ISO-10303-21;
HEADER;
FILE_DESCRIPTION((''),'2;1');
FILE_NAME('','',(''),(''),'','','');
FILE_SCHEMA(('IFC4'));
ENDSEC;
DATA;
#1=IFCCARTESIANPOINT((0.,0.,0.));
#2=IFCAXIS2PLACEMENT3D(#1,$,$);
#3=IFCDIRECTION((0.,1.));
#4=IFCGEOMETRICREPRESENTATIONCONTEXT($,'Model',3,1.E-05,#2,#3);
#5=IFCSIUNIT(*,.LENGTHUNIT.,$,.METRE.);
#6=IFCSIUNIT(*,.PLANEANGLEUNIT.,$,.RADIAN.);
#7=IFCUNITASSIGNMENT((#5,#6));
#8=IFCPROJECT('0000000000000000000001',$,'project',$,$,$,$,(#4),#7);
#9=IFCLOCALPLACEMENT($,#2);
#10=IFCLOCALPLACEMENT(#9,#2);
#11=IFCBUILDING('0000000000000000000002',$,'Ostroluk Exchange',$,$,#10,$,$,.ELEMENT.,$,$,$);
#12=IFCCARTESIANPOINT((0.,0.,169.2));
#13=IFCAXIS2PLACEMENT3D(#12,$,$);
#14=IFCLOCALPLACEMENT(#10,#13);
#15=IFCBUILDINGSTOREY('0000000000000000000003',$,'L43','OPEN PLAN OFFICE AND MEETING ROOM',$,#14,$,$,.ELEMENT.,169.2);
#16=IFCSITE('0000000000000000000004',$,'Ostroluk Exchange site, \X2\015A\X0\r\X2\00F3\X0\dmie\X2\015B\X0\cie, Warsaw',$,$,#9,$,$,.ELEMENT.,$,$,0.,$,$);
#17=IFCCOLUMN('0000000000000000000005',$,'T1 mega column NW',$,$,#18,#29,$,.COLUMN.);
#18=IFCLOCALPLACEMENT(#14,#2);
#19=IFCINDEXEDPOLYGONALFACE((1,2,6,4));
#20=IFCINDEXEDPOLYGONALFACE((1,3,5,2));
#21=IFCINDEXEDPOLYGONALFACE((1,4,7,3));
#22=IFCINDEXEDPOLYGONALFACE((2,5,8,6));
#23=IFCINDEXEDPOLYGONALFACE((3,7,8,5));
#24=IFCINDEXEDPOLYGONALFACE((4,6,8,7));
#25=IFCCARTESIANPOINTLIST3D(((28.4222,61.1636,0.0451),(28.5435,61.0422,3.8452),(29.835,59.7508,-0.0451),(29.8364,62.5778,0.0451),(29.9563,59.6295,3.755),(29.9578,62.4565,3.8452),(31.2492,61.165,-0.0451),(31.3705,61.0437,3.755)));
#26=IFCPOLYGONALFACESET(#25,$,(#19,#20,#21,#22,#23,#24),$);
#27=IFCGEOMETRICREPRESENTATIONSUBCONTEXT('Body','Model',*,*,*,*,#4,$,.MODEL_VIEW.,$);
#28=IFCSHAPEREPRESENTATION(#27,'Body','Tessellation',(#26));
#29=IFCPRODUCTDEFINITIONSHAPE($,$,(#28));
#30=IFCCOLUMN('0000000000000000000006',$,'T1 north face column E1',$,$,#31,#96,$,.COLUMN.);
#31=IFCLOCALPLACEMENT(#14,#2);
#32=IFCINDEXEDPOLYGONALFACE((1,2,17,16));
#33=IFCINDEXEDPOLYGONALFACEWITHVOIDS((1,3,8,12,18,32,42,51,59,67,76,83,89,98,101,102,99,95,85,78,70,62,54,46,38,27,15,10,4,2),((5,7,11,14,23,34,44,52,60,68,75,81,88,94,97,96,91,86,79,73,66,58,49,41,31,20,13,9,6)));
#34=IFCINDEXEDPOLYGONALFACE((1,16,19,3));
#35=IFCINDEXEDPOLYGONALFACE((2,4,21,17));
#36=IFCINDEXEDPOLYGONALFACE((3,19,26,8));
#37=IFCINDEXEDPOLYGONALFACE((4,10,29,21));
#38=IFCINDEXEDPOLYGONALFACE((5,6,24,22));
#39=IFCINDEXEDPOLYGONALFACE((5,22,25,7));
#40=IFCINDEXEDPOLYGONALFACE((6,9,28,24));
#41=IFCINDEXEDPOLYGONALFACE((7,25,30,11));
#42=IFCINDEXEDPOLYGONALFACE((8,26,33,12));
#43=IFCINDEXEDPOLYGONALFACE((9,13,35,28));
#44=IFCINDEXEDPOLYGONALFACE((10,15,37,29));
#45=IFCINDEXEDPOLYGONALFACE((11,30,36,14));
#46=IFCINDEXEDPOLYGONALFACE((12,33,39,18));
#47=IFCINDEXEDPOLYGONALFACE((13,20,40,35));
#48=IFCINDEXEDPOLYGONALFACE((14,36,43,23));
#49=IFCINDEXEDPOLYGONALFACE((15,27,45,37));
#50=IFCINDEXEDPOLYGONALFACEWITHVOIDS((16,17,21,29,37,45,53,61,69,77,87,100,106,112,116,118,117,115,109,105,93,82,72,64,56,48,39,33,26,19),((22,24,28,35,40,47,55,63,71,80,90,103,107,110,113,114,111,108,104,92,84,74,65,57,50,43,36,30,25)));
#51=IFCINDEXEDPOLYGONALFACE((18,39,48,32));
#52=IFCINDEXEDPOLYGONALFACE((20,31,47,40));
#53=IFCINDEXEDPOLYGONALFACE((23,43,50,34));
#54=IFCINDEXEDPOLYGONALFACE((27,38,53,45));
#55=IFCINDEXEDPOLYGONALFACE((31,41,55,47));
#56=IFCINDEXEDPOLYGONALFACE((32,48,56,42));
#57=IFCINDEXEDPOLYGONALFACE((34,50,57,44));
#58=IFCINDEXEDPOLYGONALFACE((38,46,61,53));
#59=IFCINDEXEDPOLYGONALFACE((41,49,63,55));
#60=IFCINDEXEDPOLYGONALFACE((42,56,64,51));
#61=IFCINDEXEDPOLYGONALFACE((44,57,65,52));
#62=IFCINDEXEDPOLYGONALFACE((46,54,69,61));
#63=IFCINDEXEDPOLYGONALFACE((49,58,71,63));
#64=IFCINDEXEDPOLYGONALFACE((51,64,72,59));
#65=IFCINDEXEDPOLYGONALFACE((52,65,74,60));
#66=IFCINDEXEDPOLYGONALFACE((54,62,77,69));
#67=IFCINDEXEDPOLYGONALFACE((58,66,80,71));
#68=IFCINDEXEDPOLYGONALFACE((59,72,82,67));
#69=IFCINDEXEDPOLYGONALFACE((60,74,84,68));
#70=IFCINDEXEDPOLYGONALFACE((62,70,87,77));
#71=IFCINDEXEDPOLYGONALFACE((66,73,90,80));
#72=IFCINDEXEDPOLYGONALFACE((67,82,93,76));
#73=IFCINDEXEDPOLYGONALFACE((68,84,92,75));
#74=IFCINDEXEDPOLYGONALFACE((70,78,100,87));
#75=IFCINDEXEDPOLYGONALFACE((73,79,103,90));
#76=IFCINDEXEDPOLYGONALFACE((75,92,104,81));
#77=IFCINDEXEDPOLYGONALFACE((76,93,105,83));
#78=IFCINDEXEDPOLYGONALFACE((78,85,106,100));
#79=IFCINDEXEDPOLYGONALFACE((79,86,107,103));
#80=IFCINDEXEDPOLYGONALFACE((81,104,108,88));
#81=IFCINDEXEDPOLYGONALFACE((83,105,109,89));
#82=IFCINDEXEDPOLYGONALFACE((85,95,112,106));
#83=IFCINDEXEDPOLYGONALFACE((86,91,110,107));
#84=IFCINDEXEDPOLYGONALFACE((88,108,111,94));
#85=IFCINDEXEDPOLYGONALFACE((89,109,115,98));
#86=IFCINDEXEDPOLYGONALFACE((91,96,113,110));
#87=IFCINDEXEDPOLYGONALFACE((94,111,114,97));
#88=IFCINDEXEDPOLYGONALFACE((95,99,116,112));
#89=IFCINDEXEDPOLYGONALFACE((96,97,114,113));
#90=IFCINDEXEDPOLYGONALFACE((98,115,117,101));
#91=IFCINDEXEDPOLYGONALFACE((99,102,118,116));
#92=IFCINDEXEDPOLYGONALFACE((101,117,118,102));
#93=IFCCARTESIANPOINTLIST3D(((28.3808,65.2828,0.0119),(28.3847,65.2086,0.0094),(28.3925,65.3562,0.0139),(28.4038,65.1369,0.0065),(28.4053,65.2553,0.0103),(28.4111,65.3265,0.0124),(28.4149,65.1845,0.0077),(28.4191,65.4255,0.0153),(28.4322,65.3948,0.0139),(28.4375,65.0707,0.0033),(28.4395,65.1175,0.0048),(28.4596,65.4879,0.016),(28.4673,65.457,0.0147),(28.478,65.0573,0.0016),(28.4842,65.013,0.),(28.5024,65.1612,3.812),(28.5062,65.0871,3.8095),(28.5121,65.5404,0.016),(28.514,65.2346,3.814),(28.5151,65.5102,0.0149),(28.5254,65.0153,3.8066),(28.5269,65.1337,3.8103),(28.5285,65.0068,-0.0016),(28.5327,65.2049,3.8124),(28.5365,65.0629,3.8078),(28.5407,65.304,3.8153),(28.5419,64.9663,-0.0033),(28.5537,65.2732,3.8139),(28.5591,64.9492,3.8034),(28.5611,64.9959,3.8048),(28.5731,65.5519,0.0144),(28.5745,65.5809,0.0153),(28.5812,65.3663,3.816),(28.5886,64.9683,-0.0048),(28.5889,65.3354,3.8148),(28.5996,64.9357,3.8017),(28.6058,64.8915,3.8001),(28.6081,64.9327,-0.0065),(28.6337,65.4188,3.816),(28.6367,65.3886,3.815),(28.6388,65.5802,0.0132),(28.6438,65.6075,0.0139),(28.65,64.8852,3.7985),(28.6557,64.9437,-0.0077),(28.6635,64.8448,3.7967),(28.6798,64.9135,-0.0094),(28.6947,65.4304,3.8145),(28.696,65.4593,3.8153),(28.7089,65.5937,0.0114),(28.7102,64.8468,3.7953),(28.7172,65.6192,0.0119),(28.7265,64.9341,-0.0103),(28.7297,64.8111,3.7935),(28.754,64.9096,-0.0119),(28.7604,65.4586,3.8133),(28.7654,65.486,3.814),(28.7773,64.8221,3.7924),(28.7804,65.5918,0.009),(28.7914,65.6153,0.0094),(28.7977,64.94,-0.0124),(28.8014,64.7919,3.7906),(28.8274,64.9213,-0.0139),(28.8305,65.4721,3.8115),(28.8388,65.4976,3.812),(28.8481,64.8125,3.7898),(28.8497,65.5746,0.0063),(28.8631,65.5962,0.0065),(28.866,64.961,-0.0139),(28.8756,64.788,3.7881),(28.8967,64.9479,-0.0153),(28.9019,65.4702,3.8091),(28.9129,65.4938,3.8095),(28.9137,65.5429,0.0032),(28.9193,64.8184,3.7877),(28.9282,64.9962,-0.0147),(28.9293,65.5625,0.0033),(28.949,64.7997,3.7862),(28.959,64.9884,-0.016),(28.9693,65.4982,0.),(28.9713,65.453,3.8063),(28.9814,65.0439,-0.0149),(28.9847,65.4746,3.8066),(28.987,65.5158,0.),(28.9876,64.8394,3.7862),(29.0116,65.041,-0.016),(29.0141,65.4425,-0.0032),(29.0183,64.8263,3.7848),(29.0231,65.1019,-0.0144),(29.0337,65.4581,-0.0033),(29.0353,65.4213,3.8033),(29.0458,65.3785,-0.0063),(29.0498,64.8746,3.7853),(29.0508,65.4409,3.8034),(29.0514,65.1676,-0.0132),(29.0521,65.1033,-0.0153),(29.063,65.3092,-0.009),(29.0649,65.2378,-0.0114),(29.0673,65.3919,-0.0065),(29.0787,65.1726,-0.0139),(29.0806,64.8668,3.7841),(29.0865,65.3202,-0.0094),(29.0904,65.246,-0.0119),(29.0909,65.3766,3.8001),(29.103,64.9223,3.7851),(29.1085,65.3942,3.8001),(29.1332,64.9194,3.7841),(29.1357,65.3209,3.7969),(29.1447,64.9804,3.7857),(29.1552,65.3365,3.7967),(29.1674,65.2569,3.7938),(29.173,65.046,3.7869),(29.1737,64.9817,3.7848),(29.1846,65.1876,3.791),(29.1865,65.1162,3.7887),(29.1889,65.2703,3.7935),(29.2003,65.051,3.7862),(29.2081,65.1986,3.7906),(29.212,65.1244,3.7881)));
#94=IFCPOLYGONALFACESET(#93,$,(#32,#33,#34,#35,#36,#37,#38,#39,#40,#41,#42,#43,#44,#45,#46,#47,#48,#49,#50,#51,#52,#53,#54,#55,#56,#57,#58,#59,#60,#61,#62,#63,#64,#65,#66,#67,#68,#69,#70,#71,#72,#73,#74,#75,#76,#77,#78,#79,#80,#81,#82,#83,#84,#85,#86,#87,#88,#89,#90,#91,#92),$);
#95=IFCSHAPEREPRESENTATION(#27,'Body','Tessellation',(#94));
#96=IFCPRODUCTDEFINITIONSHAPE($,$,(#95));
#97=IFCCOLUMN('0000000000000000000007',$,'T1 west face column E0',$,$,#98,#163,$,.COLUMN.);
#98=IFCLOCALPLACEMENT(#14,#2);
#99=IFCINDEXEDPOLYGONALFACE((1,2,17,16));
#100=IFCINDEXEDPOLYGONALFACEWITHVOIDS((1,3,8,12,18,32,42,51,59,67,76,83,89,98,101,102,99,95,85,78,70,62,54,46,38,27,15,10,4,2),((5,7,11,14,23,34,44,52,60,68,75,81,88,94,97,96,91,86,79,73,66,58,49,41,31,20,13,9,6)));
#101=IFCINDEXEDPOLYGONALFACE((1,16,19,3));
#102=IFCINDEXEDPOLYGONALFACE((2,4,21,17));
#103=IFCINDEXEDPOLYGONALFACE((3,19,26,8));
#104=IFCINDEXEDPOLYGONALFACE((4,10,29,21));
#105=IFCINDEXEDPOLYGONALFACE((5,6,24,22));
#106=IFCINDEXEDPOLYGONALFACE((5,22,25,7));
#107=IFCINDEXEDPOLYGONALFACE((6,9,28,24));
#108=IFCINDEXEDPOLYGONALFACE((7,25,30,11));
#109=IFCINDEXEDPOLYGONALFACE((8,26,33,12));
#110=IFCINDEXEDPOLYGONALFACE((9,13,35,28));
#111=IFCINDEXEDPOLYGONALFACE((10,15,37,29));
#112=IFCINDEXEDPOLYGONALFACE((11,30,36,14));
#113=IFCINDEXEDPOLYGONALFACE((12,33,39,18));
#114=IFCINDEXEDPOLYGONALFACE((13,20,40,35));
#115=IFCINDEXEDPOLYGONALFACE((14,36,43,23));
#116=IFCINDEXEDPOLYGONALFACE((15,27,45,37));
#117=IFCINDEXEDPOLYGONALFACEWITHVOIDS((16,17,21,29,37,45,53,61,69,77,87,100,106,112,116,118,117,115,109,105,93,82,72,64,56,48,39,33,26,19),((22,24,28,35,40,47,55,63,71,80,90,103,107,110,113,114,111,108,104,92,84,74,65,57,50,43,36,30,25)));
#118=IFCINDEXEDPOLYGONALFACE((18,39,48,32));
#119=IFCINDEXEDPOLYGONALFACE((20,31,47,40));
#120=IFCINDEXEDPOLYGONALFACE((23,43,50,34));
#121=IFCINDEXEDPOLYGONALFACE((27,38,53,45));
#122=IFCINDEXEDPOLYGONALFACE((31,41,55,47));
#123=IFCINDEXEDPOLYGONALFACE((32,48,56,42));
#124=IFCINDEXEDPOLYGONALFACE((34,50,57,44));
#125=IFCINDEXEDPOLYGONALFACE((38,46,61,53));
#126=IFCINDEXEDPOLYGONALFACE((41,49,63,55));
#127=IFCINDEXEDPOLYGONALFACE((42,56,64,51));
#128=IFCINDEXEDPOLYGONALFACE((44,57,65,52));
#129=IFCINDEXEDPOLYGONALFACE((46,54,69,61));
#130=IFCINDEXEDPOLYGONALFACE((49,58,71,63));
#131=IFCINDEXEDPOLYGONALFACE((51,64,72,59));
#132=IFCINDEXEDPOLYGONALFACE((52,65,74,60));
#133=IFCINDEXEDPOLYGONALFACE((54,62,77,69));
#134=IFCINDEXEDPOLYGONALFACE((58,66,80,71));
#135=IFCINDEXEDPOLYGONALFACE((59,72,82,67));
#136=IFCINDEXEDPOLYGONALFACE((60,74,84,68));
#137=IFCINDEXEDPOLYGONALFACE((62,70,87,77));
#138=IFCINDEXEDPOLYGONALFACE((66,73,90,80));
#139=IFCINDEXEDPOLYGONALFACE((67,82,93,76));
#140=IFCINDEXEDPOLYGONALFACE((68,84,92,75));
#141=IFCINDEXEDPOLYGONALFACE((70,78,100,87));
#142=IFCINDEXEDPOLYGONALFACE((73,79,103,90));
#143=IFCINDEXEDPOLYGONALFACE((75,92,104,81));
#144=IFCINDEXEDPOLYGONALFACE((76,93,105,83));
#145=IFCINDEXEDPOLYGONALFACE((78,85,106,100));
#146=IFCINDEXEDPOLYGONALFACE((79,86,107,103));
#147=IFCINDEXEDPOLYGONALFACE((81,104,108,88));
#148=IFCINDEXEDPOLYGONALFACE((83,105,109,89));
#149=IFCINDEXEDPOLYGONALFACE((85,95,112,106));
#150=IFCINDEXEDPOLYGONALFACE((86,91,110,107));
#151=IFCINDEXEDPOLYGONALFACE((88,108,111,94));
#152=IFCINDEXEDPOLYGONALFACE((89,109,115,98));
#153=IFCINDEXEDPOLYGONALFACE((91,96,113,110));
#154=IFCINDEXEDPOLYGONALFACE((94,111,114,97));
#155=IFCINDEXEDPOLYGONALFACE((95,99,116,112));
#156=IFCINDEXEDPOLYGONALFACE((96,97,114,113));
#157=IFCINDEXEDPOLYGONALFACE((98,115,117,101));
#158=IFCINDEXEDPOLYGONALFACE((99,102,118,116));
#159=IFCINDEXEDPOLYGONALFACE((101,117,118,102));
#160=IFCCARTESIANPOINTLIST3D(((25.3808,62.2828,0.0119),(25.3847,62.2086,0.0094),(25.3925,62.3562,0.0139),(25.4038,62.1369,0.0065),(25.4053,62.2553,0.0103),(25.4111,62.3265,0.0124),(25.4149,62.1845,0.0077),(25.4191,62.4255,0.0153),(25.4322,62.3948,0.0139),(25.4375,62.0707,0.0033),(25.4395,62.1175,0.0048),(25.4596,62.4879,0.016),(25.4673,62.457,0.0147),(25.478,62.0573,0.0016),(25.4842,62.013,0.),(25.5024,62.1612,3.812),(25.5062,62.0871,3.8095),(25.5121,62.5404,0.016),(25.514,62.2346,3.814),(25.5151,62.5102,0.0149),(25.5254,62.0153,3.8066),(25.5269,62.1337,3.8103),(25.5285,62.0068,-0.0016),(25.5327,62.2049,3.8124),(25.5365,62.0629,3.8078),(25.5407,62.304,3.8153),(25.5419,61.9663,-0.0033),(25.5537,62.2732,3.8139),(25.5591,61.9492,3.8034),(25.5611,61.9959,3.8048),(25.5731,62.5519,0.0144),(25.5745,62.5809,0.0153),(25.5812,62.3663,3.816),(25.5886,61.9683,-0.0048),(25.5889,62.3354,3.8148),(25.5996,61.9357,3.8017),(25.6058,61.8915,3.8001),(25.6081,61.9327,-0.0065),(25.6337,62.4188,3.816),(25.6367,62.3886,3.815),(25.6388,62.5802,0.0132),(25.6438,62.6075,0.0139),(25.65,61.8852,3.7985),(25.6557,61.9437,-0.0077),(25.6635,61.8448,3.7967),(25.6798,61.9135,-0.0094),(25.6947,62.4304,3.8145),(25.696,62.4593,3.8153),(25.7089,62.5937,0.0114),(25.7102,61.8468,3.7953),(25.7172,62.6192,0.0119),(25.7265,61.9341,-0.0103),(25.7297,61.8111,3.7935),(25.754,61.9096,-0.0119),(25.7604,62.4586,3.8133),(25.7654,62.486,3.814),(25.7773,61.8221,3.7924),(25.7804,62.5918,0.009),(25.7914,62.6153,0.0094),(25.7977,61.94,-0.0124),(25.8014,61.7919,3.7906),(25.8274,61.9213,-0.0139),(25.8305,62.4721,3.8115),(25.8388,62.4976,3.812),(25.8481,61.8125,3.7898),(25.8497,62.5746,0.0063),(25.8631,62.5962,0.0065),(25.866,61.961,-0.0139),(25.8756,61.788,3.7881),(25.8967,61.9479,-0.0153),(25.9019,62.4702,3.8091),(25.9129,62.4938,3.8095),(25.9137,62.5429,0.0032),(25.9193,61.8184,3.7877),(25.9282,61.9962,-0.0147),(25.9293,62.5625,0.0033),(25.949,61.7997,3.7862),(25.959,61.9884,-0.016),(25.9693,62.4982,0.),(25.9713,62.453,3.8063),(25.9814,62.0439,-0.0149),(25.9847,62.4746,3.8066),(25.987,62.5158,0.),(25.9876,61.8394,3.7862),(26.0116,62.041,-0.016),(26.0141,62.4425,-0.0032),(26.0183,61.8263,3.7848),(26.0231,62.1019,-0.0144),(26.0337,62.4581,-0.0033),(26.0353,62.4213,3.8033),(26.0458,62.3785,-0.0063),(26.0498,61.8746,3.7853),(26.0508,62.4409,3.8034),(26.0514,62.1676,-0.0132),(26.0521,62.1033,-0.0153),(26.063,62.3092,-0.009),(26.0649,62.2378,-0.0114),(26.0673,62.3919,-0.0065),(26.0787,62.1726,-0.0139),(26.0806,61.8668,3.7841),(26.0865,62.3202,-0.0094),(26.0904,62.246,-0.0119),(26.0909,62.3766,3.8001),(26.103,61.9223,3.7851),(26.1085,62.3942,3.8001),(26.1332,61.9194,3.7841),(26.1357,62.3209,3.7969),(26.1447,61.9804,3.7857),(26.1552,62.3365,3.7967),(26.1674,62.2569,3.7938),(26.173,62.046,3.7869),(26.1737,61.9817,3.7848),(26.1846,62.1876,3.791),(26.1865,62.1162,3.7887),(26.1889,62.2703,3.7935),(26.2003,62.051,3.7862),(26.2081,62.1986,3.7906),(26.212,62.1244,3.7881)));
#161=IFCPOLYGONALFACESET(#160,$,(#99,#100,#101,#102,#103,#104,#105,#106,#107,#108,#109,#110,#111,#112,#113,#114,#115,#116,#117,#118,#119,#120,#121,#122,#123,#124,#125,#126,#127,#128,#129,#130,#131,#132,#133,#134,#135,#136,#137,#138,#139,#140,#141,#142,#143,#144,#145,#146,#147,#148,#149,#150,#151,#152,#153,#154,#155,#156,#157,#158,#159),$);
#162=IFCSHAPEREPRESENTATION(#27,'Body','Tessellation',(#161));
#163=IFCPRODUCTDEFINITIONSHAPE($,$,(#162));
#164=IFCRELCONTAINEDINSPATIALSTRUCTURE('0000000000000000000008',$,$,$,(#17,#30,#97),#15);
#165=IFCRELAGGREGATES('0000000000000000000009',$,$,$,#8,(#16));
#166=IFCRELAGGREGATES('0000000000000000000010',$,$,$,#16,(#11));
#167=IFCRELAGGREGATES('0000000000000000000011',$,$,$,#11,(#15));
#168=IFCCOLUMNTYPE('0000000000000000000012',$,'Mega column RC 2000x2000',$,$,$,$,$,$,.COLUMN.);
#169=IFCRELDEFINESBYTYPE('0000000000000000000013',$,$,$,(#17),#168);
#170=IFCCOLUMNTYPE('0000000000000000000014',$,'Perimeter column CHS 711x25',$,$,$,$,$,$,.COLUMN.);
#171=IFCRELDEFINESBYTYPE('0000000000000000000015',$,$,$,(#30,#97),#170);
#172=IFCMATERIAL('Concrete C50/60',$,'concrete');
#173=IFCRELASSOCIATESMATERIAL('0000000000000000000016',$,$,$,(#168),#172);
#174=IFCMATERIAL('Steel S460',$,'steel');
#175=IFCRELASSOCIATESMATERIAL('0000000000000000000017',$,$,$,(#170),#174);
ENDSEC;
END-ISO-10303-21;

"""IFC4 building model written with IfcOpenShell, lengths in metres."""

from ifc_helpers import new_model, si_unit, direction, frame, origin, origin_2d, place, context, subcontext, project, spatial, rectangle, hollow_circle, extrude, material, material_profile, profile_set, type_object, element, save


model = new_model("IFC4")

# Units and contexts
model_context = context("Model", 3, precision=1e-05, world=origin(), true_north=direction((0.0, 1.0)))
body_context = subcontext(model_context, "Body", "Model", "MODEL_VIEW")
ifc_project = project(units=[si_unit("LENGTHUNIT", "METRE"), si_unit("PLANEANGLEUNIT", "RADIAN")], contexts=[model_context])

# Site, building, storey
site_placement = place(None, origin())
site = spatial("IfcSite", under=ifc_project, at=site_placement, Name="Ostroluk Exchange site, Śródmieście, Warsaw", CompositionType="ELEMENT", RefElevation=0.0)
building_placement = place(site_placement, origin())
building = spatial("IfcBuilding", under=site, at=building_placement, Name="Ostroluk Exchange", CompositionType="ELEMENT")
storey_placement = place(building_placement, frame((0.0, 0.0, 169.2)))
storey = spatial("IfcBuildingStorey", under=building, at=storey_placement, Name="L43", Description="OPEN PLAN OFFICE AND MEETING ROOM", CompositionType="ELEMENT", Elevation=169.2)

# Columns
ifc_material_1 = material(Name="Concrete C50/60", Category="concrete")
ifc_material_profile_1 = material_profile(ifc_material_1, rectangle(XDim=2.0, YDim=2.0, at=origin_2d()), Name="RC 2000x2000")
ifc_profile_set_1 = profile_set([ifc_material_profile_1], Name="Concrete C50/60")
column_type_1 = type_object("IfcColumnType", Name="Mega column RC 2000x2000", PredefinedType="COLUMN", material=ifc_profile_set_1)
column_placement = place(storey_placement, frame((29.8357, 61.1643, 0.0), z_axis=(0.031898, -0.031898, 0.998982), x_axis=(0.707107, 0.707107, 0.0)))
element("IfcColumn", 1, at=column_placement, inside=storey, type_object=column_type_1, Name="T1 mega column NW", PredefinedType="COLUMN", context=body_context, shape_type="SweptSolid", body=[
    extrude(rectangle(XDim=2.0, YDim=2.0, at=origin_2d()), origin(), (0.0, 0.0, 1.0), 3.804),
])
ifc_material_2 = material(Name="Steel S460", Category="steel")
ifc_material_profile_2 = material_profile(ifc_material_2, hollow_circle(Radius=0.3555, WallThickness=0.0249, at=origin_2d()), Name="CHS 711x25")
ifc_profile_set_2 = profile_set([ifc_material_profile_2], Name="Steel S460")
column_type_2 = type_object("IfcColumnType", Name="Perimeter column CHS 711x25", PredefinedType="COLUMN", material=ifc_profile_set_2)
for number, where, z_axis, x_axis, name in (
    (2, (28.7356, 65.2644, 0.0), (0.031962, -0.031962, 0.998978), (0.707107, 0.707107, 0.0), "T1 north face column E1"),
    (3, (25.7356, 62.2644, 0.0), (0.031962, -0.031962, 0.998978), (0.707107, 0.707107, 0.0), "T1 west face column E0"),
):
    element("IfcColumn", number, at=place(storey_placement, frame(where, z_axis=z_axis, x_axis=x_axis)), inside=storey, type_object=column_type_2, Name=name, PredefinedType="COLUMN", context=body_context, shape_type="SweptSolid", body=[
        extrude(hollow_circle(Radius=0.3555, WallThickness=0.0249, at=origin_2d()), origin(), (0.0, 0.0, 1.0), 3.804),
    ])

save(model, "model.ifc")
